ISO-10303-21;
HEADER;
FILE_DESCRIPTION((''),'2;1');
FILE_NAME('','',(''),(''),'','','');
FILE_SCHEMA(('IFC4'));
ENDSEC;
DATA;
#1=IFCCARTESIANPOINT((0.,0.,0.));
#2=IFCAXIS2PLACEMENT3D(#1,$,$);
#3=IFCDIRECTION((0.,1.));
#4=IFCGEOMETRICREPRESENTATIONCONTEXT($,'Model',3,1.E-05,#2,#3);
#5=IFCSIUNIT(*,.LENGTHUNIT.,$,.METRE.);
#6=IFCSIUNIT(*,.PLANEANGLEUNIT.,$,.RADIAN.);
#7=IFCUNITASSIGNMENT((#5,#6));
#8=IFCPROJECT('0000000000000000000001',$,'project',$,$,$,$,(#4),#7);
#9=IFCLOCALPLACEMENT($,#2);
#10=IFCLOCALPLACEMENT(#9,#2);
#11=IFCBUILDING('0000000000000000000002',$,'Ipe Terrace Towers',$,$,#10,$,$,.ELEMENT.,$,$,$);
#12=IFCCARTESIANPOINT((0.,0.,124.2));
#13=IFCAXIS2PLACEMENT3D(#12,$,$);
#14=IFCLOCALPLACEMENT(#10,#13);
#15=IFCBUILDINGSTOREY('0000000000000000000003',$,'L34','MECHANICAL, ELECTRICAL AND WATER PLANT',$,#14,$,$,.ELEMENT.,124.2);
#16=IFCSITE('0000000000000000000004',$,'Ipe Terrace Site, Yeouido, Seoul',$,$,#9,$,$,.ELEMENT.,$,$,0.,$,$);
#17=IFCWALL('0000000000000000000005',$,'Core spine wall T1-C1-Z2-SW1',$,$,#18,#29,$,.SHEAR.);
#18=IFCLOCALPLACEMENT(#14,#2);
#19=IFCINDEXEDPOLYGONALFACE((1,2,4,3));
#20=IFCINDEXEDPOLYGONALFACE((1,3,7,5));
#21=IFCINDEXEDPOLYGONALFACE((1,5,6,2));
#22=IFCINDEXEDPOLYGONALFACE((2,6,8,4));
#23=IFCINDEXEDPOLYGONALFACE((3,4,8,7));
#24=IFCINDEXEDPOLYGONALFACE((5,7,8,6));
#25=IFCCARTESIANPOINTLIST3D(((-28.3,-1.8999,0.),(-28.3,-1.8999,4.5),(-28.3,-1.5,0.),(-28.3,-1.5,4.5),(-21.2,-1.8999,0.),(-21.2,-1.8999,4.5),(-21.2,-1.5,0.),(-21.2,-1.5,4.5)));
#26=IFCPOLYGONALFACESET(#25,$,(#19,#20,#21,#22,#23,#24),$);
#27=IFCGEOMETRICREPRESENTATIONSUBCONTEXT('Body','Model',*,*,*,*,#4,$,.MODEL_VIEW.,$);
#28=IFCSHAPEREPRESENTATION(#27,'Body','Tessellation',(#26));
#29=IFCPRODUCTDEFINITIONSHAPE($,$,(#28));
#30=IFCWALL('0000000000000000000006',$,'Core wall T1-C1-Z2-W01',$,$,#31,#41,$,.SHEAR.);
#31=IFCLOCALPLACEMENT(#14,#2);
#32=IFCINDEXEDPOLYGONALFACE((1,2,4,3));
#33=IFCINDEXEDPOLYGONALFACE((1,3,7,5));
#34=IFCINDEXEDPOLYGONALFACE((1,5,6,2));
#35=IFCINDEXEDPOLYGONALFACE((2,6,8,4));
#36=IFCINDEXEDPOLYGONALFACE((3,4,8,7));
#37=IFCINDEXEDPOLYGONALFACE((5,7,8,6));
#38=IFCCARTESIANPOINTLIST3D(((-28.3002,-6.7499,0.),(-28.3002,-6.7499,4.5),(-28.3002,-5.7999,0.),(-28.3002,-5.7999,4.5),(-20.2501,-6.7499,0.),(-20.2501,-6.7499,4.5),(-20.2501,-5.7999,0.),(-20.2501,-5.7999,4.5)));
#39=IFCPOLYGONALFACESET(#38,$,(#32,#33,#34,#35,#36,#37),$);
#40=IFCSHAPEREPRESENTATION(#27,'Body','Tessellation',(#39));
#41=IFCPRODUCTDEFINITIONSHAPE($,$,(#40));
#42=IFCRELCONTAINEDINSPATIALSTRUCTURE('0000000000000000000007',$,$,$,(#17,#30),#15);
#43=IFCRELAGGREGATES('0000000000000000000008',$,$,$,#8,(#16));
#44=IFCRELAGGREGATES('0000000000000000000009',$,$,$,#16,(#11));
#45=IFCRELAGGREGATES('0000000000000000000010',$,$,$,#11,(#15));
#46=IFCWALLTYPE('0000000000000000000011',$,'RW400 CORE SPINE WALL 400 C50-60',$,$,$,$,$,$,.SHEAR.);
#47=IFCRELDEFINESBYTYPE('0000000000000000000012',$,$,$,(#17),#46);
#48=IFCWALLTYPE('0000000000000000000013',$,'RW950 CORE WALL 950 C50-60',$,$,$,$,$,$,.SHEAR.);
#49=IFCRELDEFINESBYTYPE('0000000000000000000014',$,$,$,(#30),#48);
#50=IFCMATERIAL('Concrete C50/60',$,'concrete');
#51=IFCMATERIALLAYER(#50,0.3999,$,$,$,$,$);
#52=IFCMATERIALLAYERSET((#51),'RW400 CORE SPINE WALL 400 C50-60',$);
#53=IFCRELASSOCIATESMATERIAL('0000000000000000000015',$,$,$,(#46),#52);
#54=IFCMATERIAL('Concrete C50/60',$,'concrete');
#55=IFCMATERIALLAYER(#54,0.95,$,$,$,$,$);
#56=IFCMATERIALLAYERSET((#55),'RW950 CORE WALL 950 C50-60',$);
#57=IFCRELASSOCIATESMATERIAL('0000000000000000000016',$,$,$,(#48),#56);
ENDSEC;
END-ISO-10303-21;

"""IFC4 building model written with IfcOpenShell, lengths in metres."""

from ifc_helpers import new_model, si_unit, direction, frame, frame_2d, origin, place, context, subcontext, project, spatial, rectangle, extrude, material, layer, layer_set, type_object, element, save


model = new_model("IFC4")

# Units and contexts
model_context = context("Model", 3, precision=1e-05, world=origin(), true_north=direction((0.0, 1.0)))
body_context = subcontext(model_context, "Body", "Model", "MODEL_VIEW")
ifc_project = project(units=[si_unit("LENGTHUNIT", "METRE"), si_unit("PLANEANGLEUNIT", "RADIAN")], contexts=[model_context])

# Site, building, storey
site_placement = place(None, origin())
site = spatial("IfcSite", under=ifc_project, at=site_placement, Name="Ipe Terrace Site, Yeouido, Seoul", CompositionType="ELEMENT", RefElevation=0.0)
building_placement = place(site_placement, origin())
building = spatial("IfcBuilding", under=site, at=building_placement, Name="Ipe Terrace Towers", CompositionType="ELEMENT")
storey_placement = place(building_placement, frame((0.0, 0.0, 124.2)))
storey = spatial("IfcBuildingStorey", under=building, at=storey_placement, Name="L34", Description="MECHANICAL, ELECTRICAL AND WATER PLANT", CompositionType="ELEMENT", Elevation=124.2)

# Walls
ifc_material_1 = material(Name="Concrete C50/60", Category="concrete")
ifc_layer_1 = layer(ifc_material_1, 0.3999)
ifc_layer_set_1 = layer_set([ifc_layer_1], Name="RW400 CORE SPINE WALL 400 C50-60")
wall_type_1 = type_object("IfcWallType", Name="RW400 CORE SPINE WALL 400 C50-60", PredefinedType="SHEAR", material=ifc_layer_set_1)
wall_1_placement = place(storey_placement, frame((-28.3, -1.7, 0.0), z_axis=(0.0, 0.0, 1.0), x_axis=(1.0, 0.0, 0.0)))
element("IfcWall", 1, at=wall_1_placement, inside=storey, type_object=wall_type_1, Name="Core spine wall T1-C1-Z2-SW1", PredefinedType="SHEAR", context=body_context, shape_type="SweptSolid", body=[
    extrude(rectangle(XDim=7.1001, YDim=0.3999, at=frame_2d((3.55, 0.0))), origin(), (0.0, 0.0, 1.0), 4.5),
])
ifc_material_2 = material(Name="Concrete C50/60", Category="concrete")
ifc_layer_2 = layer(ifc_material_2, 0.95)
ifc_layer_set_2 = layer_set([ifc_layer_2], Name="RW950 CORE WALL 950 C50-60")
wall_type_2 = type_object("IfcWallType", Name="RW950 CORE WALL 950 C50-60", PredefinedType="SHEAR", material=ifc_layer_set_2)
wall_2_placement = place(storey_placement, frame((-28.3, -6.2749, 0.0), z_axis=(0.0, 0.0, 1.0), x_axis=(1.0, 0.0, 0.0)))
element("IfcWall", 2, at=wall_2_placement, inside=storey, type_object=wall_type_2, Name="Core wall T1-C1-Z2-W01", PredefinedType="SHEAR", context=body_context, shape_type="SweptSolid", body=[
    extrude(rectangle(XDim=8.05, YDim=0.95, at=frame_2d((4.0249, 0.0))), origin(), (0.0, 0.0, 1.0), 4.5),
])

save(model, "model.ifc")
